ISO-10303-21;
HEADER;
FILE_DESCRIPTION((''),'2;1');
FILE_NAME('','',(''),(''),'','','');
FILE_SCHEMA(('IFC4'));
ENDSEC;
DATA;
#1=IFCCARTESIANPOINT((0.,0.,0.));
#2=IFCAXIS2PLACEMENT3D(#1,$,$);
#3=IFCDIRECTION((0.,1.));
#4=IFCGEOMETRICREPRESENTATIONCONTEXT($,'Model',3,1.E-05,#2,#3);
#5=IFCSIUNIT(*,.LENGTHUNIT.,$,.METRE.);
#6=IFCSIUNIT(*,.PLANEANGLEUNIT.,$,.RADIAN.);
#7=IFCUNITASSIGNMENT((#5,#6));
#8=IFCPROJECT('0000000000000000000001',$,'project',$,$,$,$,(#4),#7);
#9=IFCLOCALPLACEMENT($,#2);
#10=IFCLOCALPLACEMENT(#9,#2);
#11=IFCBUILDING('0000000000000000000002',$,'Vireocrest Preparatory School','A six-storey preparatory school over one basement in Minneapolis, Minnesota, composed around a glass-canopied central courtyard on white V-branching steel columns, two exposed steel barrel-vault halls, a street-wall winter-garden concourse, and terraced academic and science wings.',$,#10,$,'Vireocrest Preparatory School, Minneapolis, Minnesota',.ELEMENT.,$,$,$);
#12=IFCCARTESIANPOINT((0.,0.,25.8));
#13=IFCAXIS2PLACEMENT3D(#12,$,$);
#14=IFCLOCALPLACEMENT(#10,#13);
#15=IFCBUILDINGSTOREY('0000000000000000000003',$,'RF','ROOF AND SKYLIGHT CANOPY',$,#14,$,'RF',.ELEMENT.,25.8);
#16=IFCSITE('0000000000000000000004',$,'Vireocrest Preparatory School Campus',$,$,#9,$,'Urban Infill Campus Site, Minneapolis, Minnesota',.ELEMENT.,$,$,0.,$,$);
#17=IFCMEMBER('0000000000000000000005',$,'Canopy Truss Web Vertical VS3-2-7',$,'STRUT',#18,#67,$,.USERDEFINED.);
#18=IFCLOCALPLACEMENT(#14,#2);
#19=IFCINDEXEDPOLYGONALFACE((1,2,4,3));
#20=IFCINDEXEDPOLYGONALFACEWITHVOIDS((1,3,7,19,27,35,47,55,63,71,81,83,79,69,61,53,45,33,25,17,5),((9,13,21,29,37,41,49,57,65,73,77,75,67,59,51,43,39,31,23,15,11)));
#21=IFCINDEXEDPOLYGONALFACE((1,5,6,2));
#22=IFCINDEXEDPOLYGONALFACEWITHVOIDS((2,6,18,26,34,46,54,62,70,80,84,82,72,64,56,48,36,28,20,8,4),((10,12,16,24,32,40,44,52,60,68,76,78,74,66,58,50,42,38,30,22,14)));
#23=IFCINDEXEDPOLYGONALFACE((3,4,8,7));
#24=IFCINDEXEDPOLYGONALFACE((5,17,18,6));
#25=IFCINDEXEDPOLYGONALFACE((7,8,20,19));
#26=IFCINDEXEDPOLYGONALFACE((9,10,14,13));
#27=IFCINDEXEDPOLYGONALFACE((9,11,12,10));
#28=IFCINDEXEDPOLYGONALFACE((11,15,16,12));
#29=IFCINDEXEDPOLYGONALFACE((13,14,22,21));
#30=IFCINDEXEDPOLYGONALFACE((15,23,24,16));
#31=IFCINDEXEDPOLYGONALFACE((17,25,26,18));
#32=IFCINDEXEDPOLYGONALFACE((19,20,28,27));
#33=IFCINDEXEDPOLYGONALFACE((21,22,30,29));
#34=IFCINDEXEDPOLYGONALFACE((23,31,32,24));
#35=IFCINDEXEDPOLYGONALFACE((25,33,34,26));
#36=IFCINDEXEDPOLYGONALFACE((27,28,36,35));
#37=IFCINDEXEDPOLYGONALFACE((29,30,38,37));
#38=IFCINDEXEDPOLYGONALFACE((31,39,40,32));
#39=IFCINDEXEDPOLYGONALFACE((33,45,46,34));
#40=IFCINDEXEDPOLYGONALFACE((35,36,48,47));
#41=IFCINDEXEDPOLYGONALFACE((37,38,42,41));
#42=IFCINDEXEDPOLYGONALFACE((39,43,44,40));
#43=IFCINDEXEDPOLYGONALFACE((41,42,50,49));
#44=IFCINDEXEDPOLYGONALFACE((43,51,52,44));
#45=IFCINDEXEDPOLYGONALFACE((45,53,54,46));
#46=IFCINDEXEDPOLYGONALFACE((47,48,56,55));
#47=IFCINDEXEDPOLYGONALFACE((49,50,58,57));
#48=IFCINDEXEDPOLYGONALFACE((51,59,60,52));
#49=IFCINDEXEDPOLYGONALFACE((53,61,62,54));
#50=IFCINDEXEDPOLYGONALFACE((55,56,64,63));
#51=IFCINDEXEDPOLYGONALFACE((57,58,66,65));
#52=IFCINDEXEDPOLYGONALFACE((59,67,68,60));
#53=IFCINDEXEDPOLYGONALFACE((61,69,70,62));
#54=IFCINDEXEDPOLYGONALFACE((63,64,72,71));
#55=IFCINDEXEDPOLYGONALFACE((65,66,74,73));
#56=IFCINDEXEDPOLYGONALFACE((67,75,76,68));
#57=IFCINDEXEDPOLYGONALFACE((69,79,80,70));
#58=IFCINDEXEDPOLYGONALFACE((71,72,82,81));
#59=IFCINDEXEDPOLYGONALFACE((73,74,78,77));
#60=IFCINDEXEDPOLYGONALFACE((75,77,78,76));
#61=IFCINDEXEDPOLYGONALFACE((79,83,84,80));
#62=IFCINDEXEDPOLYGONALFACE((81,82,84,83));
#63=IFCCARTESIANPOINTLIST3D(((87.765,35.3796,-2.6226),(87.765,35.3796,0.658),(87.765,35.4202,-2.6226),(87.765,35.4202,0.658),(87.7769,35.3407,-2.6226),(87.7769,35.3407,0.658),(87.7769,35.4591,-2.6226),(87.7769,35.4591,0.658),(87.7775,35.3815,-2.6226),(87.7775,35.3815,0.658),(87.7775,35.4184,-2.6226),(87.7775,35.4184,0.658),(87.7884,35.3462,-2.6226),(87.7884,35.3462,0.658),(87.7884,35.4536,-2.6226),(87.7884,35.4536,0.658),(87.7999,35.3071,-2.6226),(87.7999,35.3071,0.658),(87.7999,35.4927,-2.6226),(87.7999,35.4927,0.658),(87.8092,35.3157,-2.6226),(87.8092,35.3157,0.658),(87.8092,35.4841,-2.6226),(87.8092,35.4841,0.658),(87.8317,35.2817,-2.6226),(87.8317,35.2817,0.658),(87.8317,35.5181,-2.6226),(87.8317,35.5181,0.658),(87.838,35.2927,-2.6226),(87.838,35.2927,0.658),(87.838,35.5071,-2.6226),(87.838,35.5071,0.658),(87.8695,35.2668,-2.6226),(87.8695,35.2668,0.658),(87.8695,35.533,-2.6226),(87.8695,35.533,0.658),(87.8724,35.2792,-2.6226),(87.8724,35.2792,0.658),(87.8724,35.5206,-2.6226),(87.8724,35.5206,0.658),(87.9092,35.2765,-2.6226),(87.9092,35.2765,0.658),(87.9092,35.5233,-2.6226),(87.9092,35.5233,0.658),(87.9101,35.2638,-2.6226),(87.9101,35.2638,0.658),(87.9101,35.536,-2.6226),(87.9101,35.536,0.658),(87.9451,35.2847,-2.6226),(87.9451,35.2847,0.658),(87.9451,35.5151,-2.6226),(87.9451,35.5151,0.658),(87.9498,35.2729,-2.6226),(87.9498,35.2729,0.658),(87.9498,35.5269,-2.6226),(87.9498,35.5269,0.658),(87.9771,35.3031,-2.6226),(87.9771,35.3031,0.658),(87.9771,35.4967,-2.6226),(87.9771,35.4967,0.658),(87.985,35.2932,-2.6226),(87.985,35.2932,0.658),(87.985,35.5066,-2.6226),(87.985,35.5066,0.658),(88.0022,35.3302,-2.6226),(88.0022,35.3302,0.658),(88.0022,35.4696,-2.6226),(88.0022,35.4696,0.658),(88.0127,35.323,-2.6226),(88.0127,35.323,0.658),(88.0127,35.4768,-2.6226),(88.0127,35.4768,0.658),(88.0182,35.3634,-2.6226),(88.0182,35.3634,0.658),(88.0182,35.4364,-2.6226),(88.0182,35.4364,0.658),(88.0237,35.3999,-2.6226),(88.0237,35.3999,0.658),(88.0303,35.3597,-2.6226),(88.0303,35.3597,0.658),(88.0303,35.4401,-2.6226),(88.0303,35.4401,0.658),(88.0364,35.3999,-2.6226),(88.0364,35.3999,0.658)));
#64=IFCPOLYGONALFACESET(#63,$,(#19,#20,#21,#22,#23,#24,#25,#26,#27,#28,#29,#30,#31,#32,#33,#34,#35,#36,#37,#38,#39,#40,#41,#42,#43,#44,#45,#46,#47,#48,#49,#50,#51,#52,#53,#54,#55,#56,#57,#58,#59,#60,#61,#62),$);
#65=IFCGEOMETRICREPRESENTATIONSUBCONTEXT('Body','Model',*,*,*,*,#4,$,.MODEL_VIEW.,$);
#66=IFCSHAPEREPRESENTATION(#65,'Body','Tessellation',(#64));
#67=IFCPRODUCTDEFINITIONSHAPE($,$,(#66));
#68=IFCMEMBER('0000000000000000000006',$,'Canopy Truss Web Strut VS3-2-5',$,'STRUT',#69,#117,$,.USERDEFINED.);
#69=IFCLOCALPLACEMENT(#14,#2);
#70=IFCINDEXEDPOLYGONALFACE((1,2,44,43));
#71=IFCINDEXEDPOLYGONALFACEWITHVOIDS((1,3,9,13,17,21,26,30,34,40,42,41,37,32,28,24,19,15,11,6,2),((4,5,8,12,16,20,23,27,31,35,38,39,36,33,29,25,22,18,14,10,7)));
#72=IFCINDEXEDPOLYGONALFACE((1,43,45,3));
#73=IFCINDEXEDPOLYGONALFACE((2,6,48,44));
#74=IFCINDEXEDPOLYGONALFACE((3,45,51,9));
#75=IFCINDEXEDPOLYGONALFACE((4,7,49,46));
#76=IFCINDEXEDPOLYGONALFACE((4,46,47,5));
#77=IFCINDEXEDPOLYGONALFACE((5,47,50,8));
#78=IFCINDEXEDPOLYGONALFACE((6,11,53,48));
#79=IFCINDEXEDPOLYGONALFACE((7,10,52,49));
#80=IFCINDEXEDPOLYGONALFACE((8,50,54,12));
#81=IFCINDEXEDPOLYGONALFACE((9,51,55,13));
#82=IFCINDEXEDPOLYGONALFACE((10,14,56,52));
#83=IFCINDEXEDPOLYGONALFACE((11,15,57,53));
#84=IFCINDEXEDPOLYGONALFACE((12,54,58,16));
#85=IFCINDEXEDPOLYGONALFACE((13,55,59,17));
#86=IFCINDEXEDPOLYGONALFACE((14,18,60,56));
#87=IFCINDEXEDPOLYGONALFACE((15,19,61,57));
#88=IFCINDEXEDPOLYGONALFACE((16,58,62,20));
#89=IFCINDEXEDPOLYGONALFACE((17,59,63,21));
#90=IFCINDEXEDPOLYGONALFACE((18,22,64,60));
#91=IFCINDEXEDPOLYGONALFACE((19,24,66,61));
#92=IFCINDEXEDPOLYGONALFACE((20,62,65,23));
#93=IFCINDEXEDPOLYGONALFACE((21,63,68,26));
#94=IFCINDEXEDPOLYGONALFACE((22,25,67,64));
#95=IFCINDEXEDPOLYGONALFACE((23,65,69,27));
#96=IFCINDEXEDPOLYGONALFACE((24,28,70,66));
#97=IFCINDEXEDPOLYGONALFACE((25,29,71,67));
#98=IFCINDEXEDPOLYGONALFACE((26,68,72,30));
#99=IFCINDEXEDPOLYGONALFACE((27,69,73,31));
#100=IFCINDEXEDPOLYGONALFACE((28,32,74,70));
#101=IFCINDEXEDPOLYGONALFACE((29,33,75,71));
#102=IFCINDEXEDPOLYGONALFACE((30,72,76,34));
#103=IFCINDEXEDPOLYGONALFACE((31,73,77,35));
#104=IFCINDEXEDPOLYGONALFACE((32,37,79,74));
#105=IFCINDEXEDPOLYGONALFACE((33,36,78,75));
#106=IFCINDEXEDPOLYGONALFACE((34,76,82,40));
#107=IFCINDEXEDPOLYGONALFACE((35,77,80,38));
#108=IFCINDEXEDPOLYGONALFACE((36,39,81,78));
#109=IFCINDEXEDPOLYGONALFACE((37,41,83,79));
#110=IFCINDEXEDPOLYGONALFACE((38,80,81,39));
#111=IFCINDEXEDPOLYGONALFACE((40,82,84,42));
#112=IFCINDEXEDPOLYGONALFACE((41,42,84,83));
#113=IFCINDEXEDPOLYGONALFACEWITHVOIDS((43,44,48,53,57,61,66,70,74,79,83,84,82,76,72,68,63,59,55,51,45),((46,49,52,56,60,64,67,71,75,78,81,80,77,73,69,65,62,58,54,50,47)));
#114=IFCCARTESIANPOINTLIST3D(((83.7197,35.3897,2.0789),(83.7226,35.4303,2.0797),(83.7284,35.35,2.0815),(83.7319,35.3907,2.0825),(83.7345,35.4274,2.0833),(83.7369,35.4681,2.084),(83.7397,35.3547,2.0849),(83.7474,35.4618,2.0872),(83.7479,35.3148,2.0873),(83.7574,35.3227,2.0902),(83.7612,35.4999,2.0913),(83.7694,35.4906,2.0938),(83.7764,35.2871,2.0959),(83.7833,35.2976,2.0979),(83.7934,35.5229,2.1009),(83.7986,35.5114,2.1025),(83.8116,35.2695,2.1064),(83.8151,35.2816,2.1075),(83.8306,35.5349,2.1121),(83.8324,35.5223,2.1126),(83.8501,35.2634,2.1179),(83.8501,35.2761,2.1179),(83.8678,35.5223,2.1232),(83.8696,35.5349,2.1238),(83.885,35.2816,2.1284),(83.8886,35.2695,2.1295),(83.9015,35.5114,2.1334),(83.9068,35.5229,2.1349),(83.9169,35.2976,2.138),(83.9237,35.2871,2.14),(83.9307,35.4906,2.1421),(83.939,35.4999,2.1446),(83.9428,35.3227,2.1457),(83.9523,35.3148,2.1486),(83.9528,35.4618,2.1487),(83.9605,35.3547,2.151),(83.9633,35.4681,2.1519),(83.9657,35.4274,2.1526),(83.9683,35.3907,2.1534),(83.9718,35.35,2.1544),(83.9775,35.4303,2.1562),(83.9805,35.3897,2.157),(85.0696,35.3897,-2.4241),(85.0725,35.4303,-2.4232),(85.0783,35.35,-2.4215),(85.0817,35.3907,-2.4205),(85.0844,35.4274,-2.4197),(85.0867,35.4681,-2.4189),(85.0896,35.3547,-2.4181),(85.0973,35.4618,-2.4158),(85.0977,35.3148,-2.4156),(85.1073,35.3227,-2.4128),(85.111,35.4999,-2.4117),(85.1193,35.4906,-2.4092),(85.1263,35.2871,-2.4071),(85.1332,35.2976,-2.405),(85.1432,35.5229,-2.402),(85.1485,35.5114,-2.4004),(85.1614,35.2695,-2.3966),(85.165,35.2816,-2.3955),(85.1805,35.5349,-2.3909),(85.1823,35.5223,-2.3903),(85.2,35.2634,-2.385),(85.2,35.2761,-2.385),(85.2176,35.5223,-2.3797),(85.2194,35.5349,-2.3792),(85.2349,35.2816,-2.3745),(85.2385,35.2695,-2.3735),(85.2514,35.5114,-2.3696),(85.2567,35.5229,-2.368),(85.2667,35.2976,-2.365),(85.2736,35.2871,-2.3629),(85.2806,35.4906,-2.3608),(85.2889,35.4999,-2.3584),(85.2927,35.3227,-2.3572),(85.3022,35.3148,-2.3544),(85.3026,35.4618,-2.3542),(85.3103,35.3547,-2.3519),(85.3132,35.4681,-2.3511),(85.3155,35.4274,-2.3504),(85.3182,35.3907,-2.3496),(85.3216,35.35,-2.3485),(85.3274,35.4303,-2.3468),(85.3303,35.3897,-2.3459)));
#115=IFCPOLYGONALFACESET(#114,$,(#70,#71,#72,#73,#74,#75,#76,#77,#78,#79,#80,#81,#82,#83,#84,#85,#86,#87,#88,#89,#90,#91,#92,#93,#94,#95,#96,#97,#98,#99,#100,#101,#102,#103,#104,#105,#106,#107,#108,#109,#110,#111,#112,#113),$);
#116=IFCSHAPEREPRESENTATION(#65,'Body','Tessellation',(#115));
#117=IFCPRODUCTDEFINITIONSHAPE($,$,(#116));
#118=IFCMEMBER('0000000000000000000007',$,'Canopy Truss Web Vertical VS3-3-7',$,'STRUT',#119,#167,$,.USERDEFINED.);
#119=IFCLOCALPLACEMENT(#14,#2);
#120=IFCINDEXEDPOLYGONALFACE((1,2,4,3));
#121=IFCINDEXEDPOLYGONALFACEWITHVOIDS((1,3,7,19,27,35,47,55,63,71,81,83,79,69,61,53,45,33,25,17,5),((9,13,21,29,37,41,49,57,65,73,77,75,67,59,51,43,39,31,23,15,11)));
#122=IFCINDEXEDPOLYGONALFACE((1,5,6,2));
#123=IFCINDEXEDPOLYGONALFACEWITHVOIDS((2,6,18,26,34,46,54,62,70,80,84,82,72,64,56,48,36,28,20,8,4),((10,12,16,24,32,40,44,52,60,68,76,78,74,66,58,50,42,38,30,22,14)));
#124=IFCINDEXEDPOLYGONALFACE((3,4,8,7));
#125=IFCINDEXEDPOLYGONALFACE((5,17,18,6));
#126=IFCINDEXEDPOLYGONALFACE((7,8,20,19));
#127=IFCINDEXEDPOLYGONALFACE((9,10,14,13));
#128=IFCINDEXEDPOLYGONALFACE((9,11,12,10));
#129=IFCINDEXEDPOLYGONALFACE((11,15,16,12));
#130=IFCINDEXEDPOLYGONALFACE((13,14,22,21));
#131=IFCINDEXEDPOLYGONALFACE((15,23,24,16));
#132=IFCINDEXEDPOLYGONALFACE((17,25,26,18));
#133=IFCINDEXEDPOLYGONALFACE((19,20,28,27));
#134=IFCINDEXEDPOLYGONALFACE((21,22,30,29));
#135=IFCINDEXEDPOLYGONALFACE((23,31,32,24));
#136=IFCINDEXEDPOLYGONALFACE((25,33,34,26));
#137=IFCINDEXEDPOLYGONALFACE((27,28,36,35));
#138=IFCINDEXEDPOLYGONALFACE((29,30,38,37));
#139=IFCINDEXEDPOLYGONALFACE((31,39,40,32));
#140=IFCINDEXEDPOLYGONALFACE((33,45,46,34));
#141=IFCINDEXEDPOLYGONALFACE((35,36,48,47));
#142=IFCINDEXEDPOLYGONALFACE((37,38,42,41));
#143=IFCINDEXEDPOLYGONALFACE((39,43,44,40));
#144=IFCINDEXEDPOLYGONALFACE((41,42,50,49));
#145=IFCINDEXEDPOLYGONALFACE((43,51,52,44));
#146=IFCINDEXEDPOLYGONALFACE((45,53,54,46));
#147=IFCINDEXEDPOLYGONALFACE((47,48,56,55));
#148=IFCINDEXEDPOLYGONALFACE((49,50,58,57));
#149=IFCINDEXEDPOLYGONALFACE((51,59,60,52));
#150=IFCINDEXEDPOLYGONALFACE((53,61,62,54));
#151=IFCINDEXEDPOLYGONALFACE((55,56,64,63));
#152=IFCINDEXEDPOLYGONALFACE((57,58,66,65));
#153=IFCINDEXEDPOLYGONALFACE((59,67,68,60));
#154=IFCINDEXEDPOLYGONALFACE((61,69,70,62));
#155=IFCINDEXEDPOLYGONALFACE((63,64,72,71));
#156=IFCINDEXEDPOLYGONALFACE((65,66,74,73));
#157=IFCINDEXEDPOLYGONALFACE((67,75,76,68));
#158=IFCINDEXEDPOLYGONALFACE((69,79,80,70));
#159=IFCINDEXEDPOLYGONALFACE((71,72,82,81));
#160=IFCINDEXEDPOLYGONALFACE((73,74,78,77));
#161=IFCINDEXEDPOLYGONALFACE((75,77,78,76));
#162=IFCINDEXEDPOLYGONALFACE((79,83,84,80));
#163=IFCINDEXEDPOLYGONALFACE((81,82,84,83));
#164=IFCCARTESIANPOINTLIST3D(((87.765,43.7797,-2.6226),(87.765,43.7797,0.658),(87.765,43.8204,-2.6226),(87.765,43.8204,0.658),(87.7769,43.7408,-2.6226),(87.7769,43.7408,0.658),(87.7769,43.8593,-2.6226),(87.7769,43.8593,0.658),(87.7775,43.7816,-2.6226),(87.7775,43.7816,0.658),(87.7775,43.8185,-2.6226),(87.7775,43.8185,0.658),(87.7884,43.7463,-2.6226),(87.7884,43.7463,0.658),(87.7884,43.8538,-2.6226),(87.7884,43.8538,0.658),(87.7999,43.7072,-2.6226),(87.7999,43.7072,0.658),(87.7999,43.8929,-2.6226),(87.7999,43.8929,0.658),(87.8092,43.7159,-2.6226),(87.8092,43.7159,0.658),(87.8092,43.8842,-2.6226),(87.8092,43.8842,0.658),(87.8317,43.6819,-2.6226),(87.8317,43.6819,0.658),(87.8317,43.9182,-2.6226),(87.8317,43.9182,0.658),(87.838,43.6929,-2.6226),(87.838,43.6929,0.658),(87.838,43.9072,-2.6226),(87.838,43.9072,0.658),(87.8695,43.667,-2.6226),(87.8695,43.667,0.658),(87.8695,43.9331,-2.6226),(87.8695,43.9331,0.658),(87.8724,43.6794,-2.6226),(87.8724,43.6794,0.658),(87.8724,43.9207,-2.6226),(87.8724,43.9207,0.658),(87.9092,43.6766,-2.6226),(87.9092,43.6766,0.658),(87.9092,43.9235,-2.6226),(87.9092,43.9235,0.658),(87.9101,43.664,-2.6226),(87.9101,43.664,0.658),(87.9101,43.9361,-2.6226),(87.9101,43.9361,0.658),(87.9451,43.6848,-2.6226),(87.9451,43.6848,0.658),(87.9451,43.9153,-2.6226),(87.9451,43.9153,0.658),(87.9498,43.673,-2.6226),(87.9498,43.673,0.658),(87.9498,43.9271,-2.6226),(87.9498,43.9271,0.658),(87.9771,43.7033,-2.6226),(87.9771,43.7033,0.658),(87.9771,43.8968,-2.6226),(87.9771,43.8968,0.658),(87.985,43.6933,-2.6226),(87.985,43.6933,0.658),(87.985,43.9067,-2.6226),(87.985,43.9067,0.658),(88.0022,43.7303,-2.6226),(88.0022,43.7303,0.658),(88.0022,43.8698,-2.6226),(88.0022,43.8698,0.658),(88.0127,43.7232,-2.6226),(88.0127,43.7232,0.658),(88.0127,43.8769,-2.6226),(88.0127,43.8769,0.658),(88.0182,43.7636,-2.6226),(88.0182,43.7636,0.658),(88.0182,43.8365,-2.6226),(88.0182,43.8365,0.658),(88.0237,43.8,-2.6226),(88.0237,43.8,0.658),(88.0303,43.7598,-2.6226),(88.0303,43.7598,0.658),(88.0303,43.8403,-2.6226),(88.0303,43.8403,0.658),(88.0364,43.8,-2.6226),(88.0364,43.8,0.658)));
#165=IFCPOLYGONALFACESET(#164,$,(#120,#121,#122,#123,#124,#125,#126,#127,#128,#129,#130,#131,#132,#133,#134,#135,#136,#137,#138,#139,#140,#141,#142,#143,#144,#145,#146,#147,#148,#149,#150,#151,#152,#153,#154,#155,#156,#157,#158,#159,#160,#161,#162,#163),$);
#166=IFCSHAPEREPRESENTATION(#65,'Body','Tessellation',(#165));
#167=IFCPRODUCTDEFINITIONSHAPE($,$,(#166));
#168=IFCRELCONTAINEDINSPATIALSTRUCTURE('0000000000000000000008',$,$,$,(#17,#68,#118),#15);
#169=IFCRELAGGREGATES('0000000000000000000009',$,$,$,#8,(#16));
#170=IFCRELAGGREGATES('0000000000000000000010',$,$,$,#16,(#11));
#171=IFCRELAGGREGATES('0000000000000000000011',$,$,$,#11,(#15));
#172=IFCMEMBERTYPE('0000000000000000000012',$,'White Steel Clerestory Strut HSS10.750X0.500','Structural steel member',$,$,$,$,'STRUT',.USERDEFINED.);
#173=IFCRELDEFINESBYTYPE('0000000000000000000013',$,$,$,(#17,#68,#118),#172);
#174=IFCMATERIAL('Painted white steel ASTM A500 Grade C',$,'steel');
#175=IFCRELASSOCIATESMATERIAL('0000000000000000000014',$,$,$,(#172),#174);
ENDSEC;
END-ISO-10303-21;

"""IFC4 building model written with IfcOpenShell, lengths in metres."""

from ifc_helpers import new_model, si_unit, direction, frame, origin, origin_2d, place, context, subcontext, project, spatial, hollow_circle, extrude, material, material_profile, profile_set, type_object, element, save


model = new_model("IFC4")

# Units and contexts
model_context = context("Model", 3, precision=1e-05, world=origin(), true_north=direction((0.0, 1.0)))
body_context = subcontext(model_context, "Body", "Model", "MODEL_VIEW")
ifc_project = project(units=[si_unit("LENGTHUNIT", "METRE"), si_unit("PLANEANGLEUNIT", "RADIAN")], contexts=[model_context])

# Site, building, storey
site_placement = place(None, origin())
site = spatial("IfcSite", under=ifc_project, at=site_placement, Name="Vireocrest Preparatory School Campus", LongName="Urban Infill Campus Site, Minneapolis, Minnesota", CompositionType="ELEMENT", RefElevation=0.0)
building_placement = place(site_placement, origin())
building = spatial("IfcBuilding", under=site, at=building_placement, Name="Vireocrest Preparatory School", Description="A six-storey preparatory school over one basement in Minneapolis, Minnesota, composed around a glass-canopied central courtyard on white V-branching steel columns, two exposed steel barrel-vault halls, a street-wall winter-garden concourse, and terraced academic and science wings.", LongName="Vireocrest Preparatory School, Minneapolis, Minnesota", CompositionType="ELEMENT")
storey_placement = place(building_placement, frame((0.0, 0.0, 25.8)))
storey = spatial("IfcBuildingStorey", under=building, at=storey_placement, Name="RF", Description="ROOF AND SKYLIGHT CANOPY", LongName="RF", CompositionType="ELEMENT", Elevation=25.8)

# Shared definitions
ifc_material_1 = material(Name="Painted white steel ASTM A500 Grade C", Category="steel")

# Members
ifc_material_profile_1 = material_profile(ifc_material_1, hollow_circle(Radius=0.1365, WallThickness=0.0127, at=origin_2d()), Name="HSS10.750X0.500")
ifc_profile_set_1 = profile_set([ifc_material_profile_1], Name="Painted white steel ASTM A500 Grade C")
member_type_1 = type_object("IfcMemberType", Name="White Steel Clerestory Strut HSS10.750X0.500", Description="Structural steel member", ElementType="STRUT", PredefinedType="USERDEFINED", material=ifc_profile_set_1)
member_1_placement = place(storey_placement, frame((87.8999, 35.3999, -2.6226), z_axis=(0.0, 0.0, 1.0), x_axis=(1.0, 0.0, 0.0)))
element("IfcMember", 1, at=member_1_placement, inside=storey, type_object=member_type_1, Name="Canopy Truss Web Vertical VS3-2-7", ObjectType="STRUT", PredefinedType="USERDEFINED", context=body_context, shape_type="SweptSolid", body=[
    extrude(hollow_circle(Radius=0.1365, WallThickness=0.0127, at=origin_2d()), origin(), (0.0, 0.0, 1.0), 3.2805),
])
member_2_placement = place(storey_placement, frame((85.2, 35.3999, -2.385), z_axis=(-0.287148, 0.0, 0.957886), x_axis=(0.0, -1.0, 0.0)))
element("IfcMember", 2, at=member_2_placement, inside=storey, type_object=member_type_1, Name="Canopy Truss Web Strut VS3-2-5", ObjectType="STRUT", PredefinedType="USERDEFINED", context=body_context, shape_type="SweptSolid", body=[
    extrude(hollow_circle(Radius=0.1365, WallThickness=0.0127, at=origin_2d()), origin(), (0.0, 0.0, 1.0), 4.7009),
])
member_3_placement = place(storey_placement, frame((87.8999, 43.8, -2.6226), z_axis=(0.0, 0.0, 1.0), x_axis=(1.0, 0.0, 0.0)))
element("IfcMember", 3, at=member_3_placement, inside=storey, type_object=member_type_1, Name="Canopy Truss Web Vertical VS3-3-7", ObjectType="STRUT", PredefinedType="USERDEFINED", context=body_context, shape_type="SweptSolid", body=[
    extrude(hollow_circle(Radius=0.1365, WallThickness=0.0127, at=origin_2d()), origin(), (0.0, 0.0, 1.0), 3.2805),
])

save(model, "model.ifc")
